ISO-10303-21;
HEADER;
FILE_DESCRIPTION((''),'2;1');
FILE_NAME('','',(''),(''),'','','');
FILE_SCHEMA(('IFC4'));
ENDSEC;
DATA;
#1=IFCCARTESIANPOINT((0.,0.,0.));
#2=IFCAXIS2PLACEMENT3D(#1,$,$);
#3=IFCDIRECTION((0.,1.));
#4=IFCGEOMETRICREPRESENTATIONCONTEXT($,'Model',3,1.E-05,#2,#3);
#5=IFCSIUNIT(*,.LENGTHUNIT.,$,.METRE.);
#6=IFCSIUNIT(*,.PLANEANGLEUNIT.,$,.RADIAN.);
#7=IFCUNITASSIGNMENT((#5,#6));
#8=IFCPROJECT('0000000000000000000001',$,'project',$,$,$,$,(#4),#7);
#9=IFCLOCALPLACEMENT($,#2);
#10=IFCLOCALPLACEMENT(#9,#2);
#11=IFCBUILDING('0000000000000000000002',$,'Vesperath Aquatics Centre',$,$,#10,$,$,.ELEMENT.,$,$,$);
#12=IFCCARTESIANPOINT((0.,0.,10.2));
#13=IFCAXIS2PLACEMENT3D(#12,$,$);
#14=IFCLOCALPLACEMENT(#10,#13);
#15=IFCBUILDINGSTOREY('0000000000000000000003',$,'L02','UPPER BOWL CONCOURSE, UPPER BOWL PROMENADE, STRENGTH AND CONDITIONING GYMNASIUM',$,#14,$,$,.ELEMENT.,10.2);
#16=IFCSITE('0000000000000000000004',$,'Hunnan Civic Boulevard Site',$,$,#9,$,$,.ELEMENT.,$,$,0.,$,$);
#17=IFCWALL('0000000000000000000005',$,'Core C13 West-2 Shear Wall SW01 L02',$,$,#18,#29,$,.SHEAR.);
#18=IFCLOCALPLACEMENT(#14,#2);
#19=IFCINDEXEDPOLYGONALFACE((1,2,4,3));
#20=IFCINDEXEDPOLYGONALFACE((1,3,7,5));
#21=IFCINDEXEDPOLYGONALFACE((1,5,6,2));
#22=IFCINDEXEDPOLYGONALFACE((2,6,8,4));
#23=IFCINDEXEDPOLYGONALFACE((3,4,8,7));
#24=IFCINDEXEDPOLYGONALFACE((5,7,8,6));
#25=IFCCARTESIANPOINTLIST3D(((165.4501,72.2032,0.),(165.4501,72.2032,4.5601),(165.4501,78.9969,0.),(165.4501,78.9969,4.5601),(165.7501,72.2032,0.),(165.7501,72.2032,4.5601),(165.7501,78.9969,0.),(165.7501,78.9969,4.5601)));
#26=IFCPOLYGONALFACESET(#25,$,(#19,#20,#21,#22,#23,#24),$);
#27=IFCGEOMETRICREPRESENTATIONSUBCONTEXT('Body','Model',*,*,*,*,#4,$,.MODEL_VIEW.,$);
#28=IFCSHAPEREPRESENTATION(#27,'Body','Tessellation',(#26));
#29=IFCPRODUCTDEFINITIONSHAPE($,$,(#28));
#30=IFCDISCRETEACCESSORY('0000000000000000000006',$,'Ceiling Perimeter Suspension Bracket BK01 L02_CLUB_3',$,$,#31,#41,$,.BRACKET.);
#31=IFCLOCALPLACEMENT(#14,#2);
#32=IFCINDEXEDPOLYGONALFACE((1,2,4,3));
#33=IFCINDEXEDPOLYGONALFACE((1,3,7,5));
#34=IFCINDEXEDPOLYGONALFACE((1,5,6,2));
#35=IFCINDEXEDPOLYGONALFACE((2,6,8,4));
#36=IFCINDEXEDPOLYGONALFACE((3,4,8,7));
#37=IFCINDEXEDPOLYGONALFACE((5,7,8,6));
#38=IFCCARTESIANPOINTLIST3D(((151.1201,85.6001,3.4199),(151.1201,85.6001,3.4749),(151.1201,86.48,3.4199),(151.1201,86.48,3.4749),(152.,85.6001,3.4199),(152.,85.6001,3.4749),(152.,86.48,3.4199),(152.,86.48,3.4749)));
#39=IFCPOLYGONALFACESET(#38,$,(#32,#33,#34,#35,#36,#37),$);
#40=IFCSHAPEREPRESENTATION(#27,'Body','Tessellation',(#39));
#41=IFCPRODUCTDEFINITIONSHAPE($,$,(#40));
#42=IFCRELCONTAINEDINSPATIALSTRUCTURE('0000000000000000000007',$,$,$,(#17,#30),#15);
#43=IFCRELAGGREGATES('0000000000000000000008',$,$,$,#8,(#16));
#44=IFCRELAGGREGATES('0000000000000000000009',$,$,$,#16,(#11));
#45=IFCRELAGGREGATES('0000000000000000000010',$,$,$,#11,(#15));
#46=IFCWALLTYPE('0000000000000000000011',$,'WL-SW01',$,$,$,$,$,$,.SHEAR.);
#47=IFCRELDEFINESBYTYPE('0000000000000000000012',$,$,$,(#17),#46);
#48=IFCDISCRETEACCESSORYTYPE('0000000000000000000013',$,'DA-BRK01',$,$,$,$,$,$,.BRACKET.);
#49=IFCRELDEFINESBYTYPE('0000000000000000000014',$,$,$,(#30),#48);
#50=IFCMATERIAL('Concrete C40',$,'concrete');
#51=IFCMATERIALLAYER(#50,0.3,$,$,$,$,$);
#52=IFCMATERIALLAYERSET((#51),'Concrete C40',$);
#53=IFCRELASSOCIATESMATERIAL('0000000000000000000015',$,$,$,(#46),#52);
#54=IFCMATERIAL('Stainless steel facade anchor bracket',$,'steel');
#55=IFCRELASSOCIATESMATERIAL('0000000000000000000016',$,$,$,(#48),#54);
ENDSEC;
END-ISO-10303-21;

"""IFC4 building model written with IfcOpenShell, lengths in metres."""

from ifc_helpers import new_model, si_unit, direction, frame, frame_2d, origin, origin_2d, place, context, subcontext, project, spatial, rectangle, extrude, material, layer, layer_set, type_object, element, save


model = new_model("IFC4")

# Units and contexts
model_context = context("Model", 3, precision=1e-05, world=origin(), true_north=direction((0.0, 1.0)))
body_context = subcontext(model_context, "Body", "Model", "MODEL_VIEW")
ifc_project = project(units=[si_unit("LENGTHUNIT", "METRE"), si_unit("PLANEANGLEUNIT", "RADIAN")], contexts=[model_context])

# Site, building, storey
site_placement = place(None, origin())
site = spatial("IfcSite", under=ifc_project, at=site_placement, Name="Hunnan Civic Boulevard Site", CompositionType="ELEMENT", RefElevation=0.0)
building_placement = place(site_placement, origin())
building = spatial("IfcBuilding", under=site, at=building_placement, Name="Vesperath Aquatics Centre", CompositionType="ELEMENT")
storey_placement = place(building_placement, frame((0.0, 0.0, 10.2)))
storey = spatial("IfcBuildingStorey", under=building, at=storey_placement, Name="L02", Description="UPPER BOWL CONCOURSE, UPPER BOWL PROMENADE, STRENGTH AND CONDITIONING GYMNASIUM", CompositionType="ELEMENT", Elevation=10.2)

# Wall
ifc_material_1 = material(Name="Concrete C40", Category="concrete")
ifc_layer_1 = layer(ifc_material_1, 0.3)
ifc_layer_set_1 = layer_set([ifc_layer_1], Name="Concrete C40")
wall_type_1 = type_object("IfcWallType", Name="WL-SW01", PredefinedType="SHEAR", material=ifc_layer_set_1)
wall_1_placement = place(storey_placement, frame((165.6001, 72.2031, 0.0), z_axis=(0.0, 0.0, 1.0), x_axis=(0.0, 1.0, 0.0)))
element("IfcWall", 1, at=wall_1_placement, inside=storey, type_object=wall_type_1, Name="Core C13 West-2 Shear Wall SW01 L02", PredefinedType="SHEAR", context=body_context, shape_type="SweptSolid", body=[
    extrude(rectangle(XDim=6.7937, YDim=0.3, at=frame_2d((3.397, 0.0))), origin(), (0.0, 0.0, 1.0), 4.5601),
])

# Discrete accessory
ifc_material_2 = material(Name="Stainless steel facade anchor bracket", Category="steel")
discrete_accessory_type = type_object("IfcDiscreteAccessoryType", Name="DA-BRK01", PredefinedType="BRACKET", material=ifc_material_2)
discrete_accessory_placement = place(storey_placement, frame((151.5601, 86.04, 3.4199), z_axis=(0.0, 0.0, 1.0), x_axis=(1.0, 0.0, 0.0)))
element("IfcDiscreteAccessory", 2, at=discrete_accessory_placement, inside=storey, type_object=discrete_accessory_type, Name="Ceiling Perimeter Suspension Bracket BK01 L02_CLUB_3", PredefinedType="BRACKET", context=body_context, shape_type="SweptSolid", body=[
    extrude(rectangle(XDim=0.8799, YDim=0.8799, at=origin_2d()), origin(), (0.0, 0.0, 1.0), 0.0549),
])

save(model, "model.ifc")
